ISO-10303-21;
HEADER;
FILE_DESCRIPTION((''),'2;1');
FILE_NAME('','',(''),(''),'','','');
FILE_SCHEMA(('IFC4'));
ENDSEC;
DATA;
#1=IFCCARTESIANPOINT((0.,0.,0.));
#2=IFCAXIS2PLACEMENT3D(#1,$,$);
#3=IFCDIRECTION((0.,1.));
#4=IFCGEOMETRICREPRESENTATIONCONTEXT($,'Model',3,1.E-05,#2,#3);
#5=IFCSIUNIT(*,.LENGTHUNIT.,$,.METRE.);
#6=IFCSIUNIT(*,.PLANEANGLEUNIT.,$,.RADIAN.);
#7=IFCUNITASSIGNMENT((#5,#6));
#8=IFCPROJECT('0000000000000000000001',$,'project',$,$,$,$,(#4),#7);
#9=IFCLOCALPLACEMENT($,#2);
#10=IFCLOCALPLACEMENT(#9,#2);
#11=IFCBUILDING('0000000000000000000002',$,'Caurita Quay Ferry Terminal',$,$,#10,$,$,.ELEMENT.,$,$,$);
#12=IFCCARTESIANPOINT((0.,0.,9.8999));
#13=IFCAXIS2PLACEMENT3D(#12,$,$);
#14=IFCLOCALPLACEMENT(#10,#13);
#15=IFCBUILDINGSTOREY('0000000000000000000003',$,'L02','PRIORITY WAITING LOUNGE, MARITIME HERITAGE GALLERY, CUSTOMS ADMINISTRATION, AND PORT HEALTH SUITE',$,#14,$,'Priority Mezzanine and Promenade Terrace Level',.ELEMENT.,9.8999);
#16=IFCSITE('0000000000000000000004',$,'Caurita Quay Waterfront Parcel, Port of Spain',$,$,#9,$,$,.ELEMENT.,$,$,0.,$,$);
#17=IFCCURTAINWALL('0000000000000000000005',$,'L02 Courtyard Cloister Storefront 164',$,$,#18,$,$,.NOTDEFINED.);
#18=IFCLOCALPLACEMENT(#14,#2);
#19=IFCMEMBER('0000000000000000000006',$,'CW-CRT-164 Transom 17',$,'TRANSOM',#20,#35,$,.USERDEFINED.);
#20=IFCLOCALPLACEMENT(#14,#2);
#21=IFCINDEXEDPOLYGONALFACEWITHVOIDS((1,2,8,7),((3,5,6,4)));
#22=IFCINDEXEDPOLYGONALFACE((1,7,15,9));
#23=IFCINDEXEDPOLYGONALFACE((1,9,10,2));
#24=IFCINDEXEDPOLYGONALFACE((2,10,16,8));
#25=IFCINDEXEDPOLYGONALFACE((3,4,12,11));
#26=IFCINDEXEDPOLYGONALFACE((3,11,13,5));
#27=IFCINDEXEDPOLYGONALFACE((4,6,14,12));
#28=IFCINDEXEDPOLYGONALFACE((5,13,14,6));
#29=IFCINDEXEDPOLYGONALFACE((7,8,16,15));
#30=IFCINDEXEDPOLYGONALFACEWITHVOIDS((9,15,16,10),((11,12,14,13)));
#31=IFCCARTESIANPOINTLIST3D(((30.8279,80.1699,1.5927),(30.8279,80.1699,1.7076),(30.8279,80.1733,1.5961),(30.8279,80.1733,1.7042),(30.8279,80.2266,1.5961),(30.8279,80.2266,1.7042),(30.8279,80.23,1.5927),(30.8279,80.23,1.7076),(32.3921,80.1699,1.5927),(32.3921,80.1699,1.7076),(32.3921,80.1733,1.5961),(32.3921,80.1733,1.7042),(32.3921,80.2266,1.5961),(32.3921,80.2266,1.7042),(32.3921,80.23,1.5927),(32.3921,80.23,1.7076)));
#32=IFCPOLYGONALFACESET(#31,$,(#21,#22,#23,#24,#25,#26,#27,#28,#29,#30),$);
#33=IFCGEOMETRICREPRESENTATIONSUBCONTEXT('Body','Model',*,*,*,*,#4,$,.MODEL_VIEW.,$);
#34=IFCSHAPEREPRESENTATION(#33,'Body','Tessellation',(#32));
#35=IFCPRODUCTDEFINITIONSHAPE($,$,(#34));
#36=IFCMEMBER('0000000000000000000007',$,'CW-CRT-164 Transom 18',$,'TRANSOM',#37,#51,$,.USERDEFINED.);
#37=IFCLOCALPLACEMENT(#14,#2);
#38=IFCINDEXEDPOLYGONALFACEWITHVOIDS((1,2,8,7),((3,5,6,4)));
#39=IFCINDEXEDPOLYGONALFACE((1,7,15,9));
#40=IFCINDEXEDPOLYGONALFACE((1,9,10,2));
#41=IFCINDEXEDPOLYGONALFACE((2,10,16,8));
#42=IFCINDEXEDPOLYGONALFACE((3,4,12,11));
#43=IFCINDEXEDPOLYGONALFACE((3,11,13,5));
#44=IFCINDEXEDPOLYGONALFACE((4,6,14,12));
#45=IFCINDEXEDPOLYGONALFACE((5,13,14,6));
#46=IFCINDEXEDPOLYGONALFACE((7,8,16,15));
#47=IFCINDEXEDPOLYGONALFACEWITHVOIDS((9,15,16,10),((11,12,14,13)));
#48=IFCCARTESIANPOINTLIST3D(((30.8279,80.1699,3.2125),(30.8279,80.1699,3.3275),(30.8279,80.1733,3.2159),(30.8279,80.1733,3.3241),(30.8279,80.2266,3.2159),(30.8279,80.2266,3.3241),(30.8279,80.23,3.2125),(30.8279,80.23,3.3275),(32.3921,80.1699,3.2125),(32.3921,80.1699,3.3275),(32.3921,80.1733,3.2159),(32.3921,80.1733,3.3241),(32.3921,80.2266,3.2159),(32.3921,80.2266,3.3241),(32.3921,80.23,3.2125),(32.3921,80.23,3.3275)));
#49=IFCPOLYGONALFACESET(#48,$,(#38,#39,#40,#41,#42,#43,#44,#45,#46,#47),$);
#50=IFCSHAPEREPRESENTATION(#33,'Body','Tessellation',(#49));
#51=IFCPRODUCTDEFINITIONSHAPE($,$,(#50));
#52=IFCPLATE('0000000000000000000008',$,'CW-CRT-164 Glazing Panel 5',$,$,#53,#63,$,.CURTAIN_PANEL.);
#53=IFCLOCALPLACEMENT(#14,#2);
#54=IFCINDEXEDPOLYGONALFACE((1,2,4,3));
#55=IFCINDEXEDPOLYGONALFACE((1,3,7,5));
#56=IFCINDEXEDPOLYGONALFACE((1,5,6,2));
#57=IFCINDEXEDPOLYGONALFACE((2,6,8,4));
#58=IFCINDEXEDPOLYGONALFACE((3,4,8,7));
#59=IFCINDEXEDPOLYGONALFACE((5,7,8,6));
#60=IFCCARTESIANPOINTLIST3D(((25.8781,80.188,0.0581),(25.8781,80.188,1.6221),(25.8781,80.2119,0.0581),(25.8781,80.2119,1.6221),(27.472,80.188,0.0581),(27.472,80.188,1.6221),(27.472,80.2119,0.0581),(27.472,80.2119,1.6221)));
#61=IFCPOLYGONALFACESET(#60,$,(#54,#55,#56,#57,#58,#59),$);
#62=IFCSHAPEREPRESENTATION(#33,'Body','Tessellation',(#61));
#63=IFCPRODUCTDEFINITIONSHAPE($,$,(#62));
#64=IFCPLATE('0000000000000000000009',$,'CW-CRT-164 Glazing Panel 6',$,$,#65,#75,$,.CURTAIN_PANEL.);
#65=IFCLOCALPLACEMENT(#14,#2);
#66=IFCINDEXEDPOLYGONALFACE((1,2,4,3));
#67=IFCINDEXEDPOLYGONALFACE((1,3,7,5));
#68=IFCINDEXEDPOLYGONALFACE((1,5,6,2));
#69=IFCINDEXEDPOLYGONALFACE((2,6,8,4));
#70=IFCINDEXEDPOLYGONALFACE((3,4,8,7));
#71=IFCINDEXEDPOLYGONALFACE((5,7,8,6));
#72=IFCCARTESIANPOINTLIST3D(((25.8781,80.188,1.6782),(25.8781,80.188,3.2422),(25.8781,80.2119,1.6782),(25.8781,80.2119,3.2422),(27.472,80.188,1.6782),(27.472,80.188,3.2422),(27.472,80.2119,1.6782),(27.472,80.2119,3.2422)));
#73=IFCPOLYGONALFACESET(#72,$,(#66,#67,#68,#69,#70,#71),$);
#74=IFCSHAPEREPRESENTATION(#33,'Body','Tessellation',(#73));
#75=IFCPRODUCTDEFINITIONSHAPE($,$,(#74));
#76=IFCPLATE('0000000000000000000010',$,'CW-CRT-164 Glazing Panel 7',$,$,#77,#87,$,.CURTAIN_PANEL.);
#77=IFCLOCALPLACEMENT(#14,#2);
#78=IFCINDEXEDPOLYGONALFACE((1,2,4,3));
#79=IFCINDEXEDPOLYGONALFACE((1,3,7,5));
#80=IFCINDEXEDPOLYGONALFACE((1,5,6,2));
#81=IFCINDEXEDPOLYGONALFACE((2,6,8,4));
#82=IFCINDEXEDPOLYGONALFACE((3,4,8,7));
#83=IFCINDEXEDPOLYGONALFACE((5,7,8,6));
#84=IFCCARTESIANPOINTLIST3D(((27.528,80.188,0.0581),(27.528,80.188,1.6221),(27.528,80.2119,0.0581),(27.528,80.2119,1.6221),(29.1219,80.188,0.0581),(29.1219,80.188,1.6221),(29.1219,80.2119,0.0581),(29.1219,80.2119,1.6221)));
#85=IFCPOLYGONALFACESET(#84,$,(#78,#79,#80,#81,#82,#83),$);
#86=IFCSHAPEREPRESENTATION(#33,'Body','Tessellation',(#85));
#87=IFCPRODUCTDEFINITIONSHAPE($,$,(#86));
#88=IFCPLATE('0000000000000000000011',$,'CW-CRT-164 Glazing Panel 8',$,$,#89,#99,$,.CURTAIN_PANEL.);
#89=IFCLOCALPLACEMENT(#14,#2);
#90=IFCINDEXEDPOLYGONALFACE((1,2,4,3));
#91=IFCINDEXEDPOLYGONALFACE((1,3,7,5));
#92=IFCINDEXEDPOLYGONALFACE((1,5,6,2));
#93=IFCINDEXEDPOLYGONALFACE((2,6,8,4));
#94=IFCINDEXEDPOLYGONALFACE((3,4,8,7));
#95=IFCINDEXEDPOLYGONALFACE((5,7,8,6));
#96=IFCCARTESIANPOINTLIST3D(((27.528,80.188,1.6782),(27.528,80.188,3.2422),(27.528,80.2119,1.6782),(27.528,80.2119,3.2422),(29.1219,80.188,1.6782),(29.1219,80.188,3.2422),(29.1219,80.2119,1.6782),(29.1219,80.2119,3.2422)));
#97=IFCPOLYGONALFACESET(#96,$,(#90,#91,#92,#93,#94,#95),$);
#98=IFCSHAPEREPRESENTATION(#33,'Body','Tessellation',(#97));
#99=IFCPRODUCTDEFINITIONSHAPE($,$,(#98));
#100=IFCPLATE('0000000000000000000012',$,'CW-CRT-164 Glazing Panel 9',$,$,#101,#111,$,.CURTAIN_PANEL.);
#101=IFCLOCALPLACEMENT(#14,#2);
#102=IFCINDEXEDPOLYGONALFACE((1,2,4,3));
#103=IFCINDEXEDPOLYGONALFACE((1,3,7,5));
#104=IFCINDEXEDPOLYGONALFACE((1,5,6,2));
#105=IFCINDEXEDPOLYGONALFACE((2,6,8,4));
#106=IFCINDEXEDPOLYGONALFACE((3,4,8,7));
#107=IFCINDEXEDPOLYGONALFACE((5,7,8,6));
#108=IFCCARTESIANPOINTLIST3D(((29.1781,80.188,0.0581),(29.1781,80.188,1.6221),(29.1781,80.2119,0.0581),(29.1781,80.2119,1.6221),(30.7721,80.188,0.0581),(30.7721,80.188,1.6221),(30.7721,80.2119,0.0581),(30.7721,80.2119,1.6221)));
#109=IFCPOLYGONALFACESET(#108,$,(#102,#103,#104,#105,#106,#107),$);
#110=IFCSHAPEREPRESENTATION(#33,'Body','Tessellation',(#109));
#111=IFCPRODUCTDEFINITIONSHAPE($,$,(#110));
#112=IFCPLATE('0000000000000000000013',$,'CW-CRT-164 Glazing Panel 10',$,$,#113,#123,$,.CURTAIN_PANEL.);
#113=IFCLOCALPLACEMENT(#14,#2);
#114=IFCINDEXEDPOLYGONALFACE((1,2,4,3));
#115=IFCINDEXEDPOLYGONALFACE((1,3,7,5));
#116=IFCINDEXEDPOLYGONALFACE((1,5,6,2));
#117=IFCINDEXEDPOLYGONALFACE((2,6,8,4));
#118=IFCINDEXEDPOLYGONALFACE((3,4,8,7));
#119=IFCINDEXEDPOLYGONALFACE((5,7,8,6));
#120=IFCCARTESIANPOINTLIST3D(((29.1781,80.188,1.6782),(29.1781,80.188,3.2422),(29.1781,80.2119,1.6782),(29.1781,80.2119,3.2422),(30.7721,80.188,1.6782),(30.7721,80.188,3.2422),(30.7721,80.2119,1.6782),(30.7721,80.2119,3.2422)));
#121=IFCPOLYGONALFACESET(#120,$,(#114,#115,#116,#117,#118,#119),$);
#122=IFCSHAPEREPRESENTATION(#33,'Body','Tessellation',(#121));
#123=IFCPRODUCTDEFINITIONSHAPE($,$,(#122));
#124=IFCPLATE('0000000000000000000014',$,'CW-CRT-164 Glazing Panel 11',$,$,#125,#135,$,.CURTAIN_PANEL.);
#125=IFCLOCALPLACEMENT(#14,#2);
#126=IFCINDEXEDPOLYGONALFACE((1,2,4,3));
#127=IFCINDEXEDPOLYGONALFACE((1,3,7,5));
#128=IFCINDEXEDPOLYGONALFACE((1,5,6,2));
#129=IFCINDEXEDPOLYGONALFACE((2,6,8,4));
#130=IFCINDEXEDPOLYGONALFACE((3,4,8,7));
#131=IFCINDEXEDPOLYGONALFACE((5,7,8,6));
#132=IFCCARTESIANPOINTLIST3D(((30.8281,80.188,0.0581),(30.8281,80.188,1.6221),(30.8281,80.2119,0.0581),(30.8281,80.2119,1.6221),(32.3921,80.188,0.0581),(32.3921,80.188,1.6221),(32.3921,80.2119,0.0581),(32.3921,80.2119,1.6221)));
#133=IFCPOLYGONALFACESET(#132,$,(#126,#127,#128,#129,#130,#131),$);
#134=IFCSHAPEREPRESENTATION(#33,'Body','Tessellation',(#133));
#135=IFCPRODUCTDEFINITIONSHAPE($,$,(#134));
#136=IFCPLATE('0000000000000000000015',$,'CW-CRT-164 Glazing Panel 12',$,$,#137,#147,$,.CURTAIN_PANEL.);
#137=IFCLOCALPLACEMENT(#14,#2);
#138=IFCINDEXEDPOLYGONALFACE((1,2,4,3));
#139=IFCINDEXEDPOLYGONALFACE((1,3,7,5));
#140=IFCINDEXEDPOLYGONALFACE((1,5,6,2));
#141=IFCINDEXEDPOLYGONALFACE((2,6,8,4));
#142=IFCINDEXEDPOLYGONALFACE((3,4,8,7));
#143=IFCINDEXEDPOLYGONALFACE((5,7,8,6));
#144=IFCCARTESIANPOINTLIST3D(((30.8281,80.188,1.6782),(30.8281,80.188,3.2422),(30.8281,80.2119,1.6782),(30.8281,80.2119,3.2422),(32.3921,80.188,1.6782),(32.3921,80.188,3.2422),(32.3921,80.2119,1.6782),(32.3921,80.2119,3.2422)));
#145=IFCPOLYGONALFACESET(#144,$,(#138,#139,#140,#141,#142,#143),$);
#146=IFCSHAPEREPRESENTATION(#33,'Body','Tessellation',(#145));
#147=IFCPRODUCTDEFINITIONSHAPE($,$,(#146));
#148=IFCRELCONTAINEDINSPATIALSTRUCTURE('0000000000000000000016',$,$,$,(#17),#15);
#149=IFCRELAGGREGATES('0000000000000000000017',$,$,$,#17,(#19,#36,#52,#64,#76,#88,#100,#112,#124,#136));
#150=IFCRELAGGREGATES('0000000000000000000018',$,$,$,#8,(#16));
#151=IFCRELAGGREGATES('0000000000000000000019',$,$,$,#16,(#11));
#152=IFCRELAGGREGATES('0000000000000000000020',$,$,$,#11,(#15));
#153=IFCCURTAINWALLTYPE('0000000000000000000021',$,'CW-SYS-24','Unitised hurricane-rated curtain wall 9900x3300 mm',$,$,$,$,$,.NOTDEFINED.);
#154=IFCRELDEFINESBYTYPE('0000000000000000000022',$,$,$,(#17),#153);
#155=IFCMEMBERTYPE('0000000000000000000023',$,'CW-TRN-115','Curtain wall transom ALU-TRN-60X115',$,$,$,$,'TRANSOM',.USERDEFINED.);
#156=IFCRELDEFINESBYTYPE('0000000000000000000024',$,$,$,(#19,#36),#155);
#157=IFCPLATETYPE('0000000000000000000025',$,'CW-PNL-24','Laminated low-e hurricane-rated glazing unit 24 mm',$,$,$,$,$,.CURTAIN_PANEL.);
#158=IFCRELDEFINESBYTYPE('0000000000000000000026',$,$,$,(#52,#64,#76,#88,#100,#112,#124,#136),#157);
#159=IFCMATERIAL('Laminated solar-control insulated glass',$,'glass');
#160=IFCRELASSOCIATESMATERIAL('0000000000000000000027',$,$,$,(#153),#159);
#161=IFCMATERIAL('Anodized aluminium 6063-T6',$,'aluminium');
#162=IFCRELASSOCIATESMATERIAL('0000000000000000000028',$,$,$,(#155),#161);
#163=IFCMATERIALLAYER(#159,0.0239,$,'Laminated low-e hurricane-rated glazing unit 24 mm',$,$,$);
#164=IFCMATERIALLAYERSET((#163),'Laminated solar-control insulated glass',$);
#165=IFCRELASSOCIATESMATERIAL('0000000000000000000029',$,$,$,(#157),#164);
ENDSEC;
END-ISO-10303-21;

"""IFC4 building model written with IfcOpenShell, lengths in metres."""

from ifc_helpers import new_model, si_unit, direction, frame, origin, origin_2d, place, context, subcontext, project, spatial, rectangle, hollow_rectangle, extrude, material, layer, layer_set, material_profile, profile_set, type_object, element, aggregate, save


model = new_model("IFC4")

# Units and contexts
model_context = context("Model", 3, precision=1e-05, world=origin(), true_north=direction((0.0, 1.0)))
body_context = subcontext(model_context, "Body", "Model", "MODEL_VIEW")
ifc_project = project(units=[si_unit("LENGTHUNIT", "METRE"), si_unit("PLANEANGLEUNIT", "RADIAN")], contexts=[model_context])

# Site, building, storey
site_placement = place(None, origin())
site = spatial("IfcSite", under=ifc_project, at=site_placement, Name="Caurita Quay Waterfront Parcel, Port of Spain", CompositionType="ELEMENT", RefElevation=0.0)
building_placement = place(site_placement, origin())
building = spatial("IfcBuilding", under=site, at=building_placement, Name="Caurita Quay Ferry Terminal", CompositionType="ELEMENT")
storey_placement = place(building_placement, frame((0.0, 0.0, 9.8999)))
storey = spatial("IfcBuildingStorey", under=building, at=storey_placement, Name="L02", Description="PRIORITY WAITING LOUNGE, MARITIME HERITAGE GALLERY, CUSTOMS ADMINISTRATION, AND PORT HEALTH SUITE", LongName="Priority Mezzanine and Promenade Terrace Level", CompositionType="ELEMENT", Elevation=9.8999)

# Curtain wall, members, plates
ifc_material_1 = material(Name="Laminated solar-control insulated glass", Category="glass")
curtain_wall_type = type_object("IfcCurtainWallType", Name="CW-SYS-24", Description="Unitised hurricane-rated curtain wall 9900x3300 mm", PredefinedType="NOTDEFINED", material=ifc_material_1)
curtain_wall_placement = place(storey_placement, origin())
curtain_wall = element("IfcCurtainWall", 1, at=curtain_wall_placement, inside=storey, type_object=curtain_wall_type, Name="L02 Courtyard Cloister Storefront 164", PredefinedType="NOTDEFINED")
ifc_material_2 = material(Name="Anodized aluminium 6063-T6", Category="aluminium")
ifc_material_profile_1 = material_profile(ifc_material_2, hollow_rectangle(XDim=0.0601, YDim=0.115, WallThickness=0.0034, at=origin_2d()), Name="ALU-TRN-60X115")
ifc_profile_set_1 = profile_set([ifc_material_profile_1], Name="Anodized aluminium 6063-T6")
member_type_1 = type_object("IfcMemberType", Name="CW-TRN-115", Description="Curtain wall transom ALU-TRN-60X115", ElementType="TRANSOM", PredefinedType="USERDEFINED", material=ifc_profile_set_1)
member_1_placement = place(storey_placement, frame((30.8279, 80.2, 1.6501), z_axis=(1.0, 0.0, 0.0), x_axis=(0.0, 1.0, 0.0)))
member_1 = element("IfcMember", 2, at=member_1_placement, type_object=member_type_1, Name="CW-CRT-164 Transom 17", ObjectType="TRANSOM", PredefinedType="USERDEFINED", context=body_context, shape_type="SweptSolid", body=[
    extrude(hollow_rectangle(XDim=0.0601, YDim=0.115, WallThickness=0.0034, at=origin_2d()), origin(), (0.0, 0.0, 1.0), 1.5642),
])
member_2_placement = place(storey_placement, frame((30.8279, 80.2, 3.27), z_axis=(1.0, 0.0, 0.0), x_axis=(0.0, 1.0, 0.0)))
member_2 = element("IfcMember", 3, at=member_2_placement, type_object=member_type_1, Name="CW-CRT-164 Transom 18", ObjectType="TRANSOM", PredefinedType="USERDEFINED", context=body_context, shape_type="SweptSolid", body=[
    extrude(hollow_rectangle(XDim=0.0601, YDim=0.115, WallThickness=0.0034, at=origin_2d()), origin(), (0.0, 0.0, 1.0), 1.5642),
])
ifc_layer = layer(ifc_material_1, 0.0239, Name="Laminated low-e hurricane-rated glazing unit 24 mm")
ifc_layer_set = layer_set([ifc_layer], Name="Laminated solar-control insulated glass")
plate_type = type_object("IfcPlateType", Name="CW-PNL-24", Description="Laminated low-e hurricane-rated glazing unit 24 mm", PredefinedType="CURTAIN_PANEL", material=ifc_layer_set)
plate_1_placement = place(storey_placement, frame((26.675, 80.2, 0.0581), z_axis=(0.0, 0.0, 1.0), x_axis=(1.0, 0.0, 0.0)))
plate_1 = element("IfcPlate", 4, at=plate_1_placement, type_object=plate_type, Name="CW-CRT-164 Glazing Panel 5", PredefinedType="CURTAIN_PANEL", context=body_context, shape_type="SweptSolid", body=[
    extrude(rectangle(XDim=1.594, YDim=0.0239, at=origin_2d()), origin(), (0.0, 0.0, 1.0), 1.564),
])
plate_2_placement = place(storey_placement, frame((26.675, 80.2, 1.6782), z_axis=(0.0, 0.0, 1.0), x_axis=(1.0, 0.0, 0.0)))
plate_2 = element("IfcPlate", 5, at=plate_2_placement, type_object=plate_type, Name="CW-CRT-164 Glazing Panel 6", PredefinedType="CURTAIN_PANEL", context=body_context, shape_type="SweptSolid", body=[
    extrude(rectangle(XDim=1.594, YDim=0.0239, at=origin_2d()), origin(), (0.0, 0.0, 1.0), 1.564),
])
plate_3_placement = place(storey_placement, frame((28.325, 80.2, 0.0581), z_axis=(0.0, 0.0, 1.0), x_axis=(1.0, 0.0, 0.0)))
plate_3 = element("IfcPlate", 6, at=plate_3_placement, type_object=plate_type, Name="CW-CRT-164 Glazing Panel 7", PredefinedType="CURTAIN_PANEL", context=body_context, shape_type="SweptSolid", body=[
    extrude(rectangle(XDim=1.594, YDim=0.0239, at=origin_2d()), origin(), (0.0, 0.0, 1.0), 1.564),
])
plate_4_placement = place(storey_placement, frame((28.325, 80.2, 1.6782), z_axis=(0.0, 0.0, 1.0), x_axis=(1.0, 0.0, 0.0)))
plate_4 = element("IfcPlate", 7, at=plate_4_placement, type_object=plate_type, Name="CW-CRT-164 Glazing Panel 8", PredefinedType="CURTAIN_PANEL", context=body_context, shape_type="SweptSolid", body=[
    extrude(rectangle(XDim=1.594, YDim=0.0239, at=origin_2d()), origin(), (0.0, 0.0, 1.0), 1.564),
])
plate_5_placement = place(storey_placement, frame((29.9751, 80.2, 0.0581), z_axis=(0.0, 0.0, 1.0), x_axis=(1.0, 0.0, 0.0)))
plate_5 = element("IfcPlate", 8, at=plate_5_placement, type_object=plate_type, Name="CW-CRT-164 Glazing Panel 9", PredefinedType="CURTAIN_PANEL", context=body_context, shape_type="SweptSolid", body=[
    extrude(rectangle(XDim=1.594, YDim=0.0239, at=origin_2d()), origin(), (0.0, 0.0, 1.0), 1.564),
])
plate_6_placement = place(storey_placement, frame((29.9751, 80.2, 1.6782), z_axis=(0.0, 0.0, 1.0), x_axis=(1.0, 0.0, 0.0)))
plate_6 = element("IfcPlate", 9, at=plate_6_placement, type_object=plate_type, Name="CW-CRT-164 Glazing Panel 10", PredefinedType="CURTAIN_PANEL", context=body_context, shape_type="SweptSolid", body=[
    extrude(rectangle(XDim=1.594, YDim=0.0239, at=origin_2d()), origin(), (0.0, 0.0, 1.0), 1.564),
])
plate_7_placement = place(storey_placement, frame((31.6101, 80.2, 0.0581), z_axis=(0.0, 0.0, 1.0), x_axis=(1.0, 0.0, 0.0)))
plate_7 = element("IfcPlate", 10, at=plate_7_placement, type_object=plate_type, Name="CW-CRT-164 Glazing Panel 11", PredefinedType="CURTAIN_PANEL", context=body_context, shape_type="SweptSolid", body=[
    extrude(rectangle(XDim=1.564, YDim=0.0239, at=origin_2d()), origin(), (0.0, 0.0, 1.0), 1.564),
])
plate_8_placement = place(storey_placement, frame((31.6101, 80.2, 1.6782), z_axis=(0.0, 0.0, 1.0), x_axis=(1.0, 0.0, 0.0)))
plate_8 = element("IfcPlate", 11, at=plate_8_placement, type_object=plate_type, Name="CW-CRT-164 Glazing Panel 12", PredefinedType="CURTAIN_PANEL", context=body_context, shape_type="SweptSolid", body=[
    extrude(rectangle(XDim=1.564, YDim=0.0239, at=origin_2d()), origin(), (0.0, 0.0, 1.0), 1.564),
])
aggregate(curtain_wall, [member_1, member_2, plate_1, plate_2, plate_3, plate_4, plate_5, plate_6, plate_7, plate_8])

save(model, "model.ifc")
